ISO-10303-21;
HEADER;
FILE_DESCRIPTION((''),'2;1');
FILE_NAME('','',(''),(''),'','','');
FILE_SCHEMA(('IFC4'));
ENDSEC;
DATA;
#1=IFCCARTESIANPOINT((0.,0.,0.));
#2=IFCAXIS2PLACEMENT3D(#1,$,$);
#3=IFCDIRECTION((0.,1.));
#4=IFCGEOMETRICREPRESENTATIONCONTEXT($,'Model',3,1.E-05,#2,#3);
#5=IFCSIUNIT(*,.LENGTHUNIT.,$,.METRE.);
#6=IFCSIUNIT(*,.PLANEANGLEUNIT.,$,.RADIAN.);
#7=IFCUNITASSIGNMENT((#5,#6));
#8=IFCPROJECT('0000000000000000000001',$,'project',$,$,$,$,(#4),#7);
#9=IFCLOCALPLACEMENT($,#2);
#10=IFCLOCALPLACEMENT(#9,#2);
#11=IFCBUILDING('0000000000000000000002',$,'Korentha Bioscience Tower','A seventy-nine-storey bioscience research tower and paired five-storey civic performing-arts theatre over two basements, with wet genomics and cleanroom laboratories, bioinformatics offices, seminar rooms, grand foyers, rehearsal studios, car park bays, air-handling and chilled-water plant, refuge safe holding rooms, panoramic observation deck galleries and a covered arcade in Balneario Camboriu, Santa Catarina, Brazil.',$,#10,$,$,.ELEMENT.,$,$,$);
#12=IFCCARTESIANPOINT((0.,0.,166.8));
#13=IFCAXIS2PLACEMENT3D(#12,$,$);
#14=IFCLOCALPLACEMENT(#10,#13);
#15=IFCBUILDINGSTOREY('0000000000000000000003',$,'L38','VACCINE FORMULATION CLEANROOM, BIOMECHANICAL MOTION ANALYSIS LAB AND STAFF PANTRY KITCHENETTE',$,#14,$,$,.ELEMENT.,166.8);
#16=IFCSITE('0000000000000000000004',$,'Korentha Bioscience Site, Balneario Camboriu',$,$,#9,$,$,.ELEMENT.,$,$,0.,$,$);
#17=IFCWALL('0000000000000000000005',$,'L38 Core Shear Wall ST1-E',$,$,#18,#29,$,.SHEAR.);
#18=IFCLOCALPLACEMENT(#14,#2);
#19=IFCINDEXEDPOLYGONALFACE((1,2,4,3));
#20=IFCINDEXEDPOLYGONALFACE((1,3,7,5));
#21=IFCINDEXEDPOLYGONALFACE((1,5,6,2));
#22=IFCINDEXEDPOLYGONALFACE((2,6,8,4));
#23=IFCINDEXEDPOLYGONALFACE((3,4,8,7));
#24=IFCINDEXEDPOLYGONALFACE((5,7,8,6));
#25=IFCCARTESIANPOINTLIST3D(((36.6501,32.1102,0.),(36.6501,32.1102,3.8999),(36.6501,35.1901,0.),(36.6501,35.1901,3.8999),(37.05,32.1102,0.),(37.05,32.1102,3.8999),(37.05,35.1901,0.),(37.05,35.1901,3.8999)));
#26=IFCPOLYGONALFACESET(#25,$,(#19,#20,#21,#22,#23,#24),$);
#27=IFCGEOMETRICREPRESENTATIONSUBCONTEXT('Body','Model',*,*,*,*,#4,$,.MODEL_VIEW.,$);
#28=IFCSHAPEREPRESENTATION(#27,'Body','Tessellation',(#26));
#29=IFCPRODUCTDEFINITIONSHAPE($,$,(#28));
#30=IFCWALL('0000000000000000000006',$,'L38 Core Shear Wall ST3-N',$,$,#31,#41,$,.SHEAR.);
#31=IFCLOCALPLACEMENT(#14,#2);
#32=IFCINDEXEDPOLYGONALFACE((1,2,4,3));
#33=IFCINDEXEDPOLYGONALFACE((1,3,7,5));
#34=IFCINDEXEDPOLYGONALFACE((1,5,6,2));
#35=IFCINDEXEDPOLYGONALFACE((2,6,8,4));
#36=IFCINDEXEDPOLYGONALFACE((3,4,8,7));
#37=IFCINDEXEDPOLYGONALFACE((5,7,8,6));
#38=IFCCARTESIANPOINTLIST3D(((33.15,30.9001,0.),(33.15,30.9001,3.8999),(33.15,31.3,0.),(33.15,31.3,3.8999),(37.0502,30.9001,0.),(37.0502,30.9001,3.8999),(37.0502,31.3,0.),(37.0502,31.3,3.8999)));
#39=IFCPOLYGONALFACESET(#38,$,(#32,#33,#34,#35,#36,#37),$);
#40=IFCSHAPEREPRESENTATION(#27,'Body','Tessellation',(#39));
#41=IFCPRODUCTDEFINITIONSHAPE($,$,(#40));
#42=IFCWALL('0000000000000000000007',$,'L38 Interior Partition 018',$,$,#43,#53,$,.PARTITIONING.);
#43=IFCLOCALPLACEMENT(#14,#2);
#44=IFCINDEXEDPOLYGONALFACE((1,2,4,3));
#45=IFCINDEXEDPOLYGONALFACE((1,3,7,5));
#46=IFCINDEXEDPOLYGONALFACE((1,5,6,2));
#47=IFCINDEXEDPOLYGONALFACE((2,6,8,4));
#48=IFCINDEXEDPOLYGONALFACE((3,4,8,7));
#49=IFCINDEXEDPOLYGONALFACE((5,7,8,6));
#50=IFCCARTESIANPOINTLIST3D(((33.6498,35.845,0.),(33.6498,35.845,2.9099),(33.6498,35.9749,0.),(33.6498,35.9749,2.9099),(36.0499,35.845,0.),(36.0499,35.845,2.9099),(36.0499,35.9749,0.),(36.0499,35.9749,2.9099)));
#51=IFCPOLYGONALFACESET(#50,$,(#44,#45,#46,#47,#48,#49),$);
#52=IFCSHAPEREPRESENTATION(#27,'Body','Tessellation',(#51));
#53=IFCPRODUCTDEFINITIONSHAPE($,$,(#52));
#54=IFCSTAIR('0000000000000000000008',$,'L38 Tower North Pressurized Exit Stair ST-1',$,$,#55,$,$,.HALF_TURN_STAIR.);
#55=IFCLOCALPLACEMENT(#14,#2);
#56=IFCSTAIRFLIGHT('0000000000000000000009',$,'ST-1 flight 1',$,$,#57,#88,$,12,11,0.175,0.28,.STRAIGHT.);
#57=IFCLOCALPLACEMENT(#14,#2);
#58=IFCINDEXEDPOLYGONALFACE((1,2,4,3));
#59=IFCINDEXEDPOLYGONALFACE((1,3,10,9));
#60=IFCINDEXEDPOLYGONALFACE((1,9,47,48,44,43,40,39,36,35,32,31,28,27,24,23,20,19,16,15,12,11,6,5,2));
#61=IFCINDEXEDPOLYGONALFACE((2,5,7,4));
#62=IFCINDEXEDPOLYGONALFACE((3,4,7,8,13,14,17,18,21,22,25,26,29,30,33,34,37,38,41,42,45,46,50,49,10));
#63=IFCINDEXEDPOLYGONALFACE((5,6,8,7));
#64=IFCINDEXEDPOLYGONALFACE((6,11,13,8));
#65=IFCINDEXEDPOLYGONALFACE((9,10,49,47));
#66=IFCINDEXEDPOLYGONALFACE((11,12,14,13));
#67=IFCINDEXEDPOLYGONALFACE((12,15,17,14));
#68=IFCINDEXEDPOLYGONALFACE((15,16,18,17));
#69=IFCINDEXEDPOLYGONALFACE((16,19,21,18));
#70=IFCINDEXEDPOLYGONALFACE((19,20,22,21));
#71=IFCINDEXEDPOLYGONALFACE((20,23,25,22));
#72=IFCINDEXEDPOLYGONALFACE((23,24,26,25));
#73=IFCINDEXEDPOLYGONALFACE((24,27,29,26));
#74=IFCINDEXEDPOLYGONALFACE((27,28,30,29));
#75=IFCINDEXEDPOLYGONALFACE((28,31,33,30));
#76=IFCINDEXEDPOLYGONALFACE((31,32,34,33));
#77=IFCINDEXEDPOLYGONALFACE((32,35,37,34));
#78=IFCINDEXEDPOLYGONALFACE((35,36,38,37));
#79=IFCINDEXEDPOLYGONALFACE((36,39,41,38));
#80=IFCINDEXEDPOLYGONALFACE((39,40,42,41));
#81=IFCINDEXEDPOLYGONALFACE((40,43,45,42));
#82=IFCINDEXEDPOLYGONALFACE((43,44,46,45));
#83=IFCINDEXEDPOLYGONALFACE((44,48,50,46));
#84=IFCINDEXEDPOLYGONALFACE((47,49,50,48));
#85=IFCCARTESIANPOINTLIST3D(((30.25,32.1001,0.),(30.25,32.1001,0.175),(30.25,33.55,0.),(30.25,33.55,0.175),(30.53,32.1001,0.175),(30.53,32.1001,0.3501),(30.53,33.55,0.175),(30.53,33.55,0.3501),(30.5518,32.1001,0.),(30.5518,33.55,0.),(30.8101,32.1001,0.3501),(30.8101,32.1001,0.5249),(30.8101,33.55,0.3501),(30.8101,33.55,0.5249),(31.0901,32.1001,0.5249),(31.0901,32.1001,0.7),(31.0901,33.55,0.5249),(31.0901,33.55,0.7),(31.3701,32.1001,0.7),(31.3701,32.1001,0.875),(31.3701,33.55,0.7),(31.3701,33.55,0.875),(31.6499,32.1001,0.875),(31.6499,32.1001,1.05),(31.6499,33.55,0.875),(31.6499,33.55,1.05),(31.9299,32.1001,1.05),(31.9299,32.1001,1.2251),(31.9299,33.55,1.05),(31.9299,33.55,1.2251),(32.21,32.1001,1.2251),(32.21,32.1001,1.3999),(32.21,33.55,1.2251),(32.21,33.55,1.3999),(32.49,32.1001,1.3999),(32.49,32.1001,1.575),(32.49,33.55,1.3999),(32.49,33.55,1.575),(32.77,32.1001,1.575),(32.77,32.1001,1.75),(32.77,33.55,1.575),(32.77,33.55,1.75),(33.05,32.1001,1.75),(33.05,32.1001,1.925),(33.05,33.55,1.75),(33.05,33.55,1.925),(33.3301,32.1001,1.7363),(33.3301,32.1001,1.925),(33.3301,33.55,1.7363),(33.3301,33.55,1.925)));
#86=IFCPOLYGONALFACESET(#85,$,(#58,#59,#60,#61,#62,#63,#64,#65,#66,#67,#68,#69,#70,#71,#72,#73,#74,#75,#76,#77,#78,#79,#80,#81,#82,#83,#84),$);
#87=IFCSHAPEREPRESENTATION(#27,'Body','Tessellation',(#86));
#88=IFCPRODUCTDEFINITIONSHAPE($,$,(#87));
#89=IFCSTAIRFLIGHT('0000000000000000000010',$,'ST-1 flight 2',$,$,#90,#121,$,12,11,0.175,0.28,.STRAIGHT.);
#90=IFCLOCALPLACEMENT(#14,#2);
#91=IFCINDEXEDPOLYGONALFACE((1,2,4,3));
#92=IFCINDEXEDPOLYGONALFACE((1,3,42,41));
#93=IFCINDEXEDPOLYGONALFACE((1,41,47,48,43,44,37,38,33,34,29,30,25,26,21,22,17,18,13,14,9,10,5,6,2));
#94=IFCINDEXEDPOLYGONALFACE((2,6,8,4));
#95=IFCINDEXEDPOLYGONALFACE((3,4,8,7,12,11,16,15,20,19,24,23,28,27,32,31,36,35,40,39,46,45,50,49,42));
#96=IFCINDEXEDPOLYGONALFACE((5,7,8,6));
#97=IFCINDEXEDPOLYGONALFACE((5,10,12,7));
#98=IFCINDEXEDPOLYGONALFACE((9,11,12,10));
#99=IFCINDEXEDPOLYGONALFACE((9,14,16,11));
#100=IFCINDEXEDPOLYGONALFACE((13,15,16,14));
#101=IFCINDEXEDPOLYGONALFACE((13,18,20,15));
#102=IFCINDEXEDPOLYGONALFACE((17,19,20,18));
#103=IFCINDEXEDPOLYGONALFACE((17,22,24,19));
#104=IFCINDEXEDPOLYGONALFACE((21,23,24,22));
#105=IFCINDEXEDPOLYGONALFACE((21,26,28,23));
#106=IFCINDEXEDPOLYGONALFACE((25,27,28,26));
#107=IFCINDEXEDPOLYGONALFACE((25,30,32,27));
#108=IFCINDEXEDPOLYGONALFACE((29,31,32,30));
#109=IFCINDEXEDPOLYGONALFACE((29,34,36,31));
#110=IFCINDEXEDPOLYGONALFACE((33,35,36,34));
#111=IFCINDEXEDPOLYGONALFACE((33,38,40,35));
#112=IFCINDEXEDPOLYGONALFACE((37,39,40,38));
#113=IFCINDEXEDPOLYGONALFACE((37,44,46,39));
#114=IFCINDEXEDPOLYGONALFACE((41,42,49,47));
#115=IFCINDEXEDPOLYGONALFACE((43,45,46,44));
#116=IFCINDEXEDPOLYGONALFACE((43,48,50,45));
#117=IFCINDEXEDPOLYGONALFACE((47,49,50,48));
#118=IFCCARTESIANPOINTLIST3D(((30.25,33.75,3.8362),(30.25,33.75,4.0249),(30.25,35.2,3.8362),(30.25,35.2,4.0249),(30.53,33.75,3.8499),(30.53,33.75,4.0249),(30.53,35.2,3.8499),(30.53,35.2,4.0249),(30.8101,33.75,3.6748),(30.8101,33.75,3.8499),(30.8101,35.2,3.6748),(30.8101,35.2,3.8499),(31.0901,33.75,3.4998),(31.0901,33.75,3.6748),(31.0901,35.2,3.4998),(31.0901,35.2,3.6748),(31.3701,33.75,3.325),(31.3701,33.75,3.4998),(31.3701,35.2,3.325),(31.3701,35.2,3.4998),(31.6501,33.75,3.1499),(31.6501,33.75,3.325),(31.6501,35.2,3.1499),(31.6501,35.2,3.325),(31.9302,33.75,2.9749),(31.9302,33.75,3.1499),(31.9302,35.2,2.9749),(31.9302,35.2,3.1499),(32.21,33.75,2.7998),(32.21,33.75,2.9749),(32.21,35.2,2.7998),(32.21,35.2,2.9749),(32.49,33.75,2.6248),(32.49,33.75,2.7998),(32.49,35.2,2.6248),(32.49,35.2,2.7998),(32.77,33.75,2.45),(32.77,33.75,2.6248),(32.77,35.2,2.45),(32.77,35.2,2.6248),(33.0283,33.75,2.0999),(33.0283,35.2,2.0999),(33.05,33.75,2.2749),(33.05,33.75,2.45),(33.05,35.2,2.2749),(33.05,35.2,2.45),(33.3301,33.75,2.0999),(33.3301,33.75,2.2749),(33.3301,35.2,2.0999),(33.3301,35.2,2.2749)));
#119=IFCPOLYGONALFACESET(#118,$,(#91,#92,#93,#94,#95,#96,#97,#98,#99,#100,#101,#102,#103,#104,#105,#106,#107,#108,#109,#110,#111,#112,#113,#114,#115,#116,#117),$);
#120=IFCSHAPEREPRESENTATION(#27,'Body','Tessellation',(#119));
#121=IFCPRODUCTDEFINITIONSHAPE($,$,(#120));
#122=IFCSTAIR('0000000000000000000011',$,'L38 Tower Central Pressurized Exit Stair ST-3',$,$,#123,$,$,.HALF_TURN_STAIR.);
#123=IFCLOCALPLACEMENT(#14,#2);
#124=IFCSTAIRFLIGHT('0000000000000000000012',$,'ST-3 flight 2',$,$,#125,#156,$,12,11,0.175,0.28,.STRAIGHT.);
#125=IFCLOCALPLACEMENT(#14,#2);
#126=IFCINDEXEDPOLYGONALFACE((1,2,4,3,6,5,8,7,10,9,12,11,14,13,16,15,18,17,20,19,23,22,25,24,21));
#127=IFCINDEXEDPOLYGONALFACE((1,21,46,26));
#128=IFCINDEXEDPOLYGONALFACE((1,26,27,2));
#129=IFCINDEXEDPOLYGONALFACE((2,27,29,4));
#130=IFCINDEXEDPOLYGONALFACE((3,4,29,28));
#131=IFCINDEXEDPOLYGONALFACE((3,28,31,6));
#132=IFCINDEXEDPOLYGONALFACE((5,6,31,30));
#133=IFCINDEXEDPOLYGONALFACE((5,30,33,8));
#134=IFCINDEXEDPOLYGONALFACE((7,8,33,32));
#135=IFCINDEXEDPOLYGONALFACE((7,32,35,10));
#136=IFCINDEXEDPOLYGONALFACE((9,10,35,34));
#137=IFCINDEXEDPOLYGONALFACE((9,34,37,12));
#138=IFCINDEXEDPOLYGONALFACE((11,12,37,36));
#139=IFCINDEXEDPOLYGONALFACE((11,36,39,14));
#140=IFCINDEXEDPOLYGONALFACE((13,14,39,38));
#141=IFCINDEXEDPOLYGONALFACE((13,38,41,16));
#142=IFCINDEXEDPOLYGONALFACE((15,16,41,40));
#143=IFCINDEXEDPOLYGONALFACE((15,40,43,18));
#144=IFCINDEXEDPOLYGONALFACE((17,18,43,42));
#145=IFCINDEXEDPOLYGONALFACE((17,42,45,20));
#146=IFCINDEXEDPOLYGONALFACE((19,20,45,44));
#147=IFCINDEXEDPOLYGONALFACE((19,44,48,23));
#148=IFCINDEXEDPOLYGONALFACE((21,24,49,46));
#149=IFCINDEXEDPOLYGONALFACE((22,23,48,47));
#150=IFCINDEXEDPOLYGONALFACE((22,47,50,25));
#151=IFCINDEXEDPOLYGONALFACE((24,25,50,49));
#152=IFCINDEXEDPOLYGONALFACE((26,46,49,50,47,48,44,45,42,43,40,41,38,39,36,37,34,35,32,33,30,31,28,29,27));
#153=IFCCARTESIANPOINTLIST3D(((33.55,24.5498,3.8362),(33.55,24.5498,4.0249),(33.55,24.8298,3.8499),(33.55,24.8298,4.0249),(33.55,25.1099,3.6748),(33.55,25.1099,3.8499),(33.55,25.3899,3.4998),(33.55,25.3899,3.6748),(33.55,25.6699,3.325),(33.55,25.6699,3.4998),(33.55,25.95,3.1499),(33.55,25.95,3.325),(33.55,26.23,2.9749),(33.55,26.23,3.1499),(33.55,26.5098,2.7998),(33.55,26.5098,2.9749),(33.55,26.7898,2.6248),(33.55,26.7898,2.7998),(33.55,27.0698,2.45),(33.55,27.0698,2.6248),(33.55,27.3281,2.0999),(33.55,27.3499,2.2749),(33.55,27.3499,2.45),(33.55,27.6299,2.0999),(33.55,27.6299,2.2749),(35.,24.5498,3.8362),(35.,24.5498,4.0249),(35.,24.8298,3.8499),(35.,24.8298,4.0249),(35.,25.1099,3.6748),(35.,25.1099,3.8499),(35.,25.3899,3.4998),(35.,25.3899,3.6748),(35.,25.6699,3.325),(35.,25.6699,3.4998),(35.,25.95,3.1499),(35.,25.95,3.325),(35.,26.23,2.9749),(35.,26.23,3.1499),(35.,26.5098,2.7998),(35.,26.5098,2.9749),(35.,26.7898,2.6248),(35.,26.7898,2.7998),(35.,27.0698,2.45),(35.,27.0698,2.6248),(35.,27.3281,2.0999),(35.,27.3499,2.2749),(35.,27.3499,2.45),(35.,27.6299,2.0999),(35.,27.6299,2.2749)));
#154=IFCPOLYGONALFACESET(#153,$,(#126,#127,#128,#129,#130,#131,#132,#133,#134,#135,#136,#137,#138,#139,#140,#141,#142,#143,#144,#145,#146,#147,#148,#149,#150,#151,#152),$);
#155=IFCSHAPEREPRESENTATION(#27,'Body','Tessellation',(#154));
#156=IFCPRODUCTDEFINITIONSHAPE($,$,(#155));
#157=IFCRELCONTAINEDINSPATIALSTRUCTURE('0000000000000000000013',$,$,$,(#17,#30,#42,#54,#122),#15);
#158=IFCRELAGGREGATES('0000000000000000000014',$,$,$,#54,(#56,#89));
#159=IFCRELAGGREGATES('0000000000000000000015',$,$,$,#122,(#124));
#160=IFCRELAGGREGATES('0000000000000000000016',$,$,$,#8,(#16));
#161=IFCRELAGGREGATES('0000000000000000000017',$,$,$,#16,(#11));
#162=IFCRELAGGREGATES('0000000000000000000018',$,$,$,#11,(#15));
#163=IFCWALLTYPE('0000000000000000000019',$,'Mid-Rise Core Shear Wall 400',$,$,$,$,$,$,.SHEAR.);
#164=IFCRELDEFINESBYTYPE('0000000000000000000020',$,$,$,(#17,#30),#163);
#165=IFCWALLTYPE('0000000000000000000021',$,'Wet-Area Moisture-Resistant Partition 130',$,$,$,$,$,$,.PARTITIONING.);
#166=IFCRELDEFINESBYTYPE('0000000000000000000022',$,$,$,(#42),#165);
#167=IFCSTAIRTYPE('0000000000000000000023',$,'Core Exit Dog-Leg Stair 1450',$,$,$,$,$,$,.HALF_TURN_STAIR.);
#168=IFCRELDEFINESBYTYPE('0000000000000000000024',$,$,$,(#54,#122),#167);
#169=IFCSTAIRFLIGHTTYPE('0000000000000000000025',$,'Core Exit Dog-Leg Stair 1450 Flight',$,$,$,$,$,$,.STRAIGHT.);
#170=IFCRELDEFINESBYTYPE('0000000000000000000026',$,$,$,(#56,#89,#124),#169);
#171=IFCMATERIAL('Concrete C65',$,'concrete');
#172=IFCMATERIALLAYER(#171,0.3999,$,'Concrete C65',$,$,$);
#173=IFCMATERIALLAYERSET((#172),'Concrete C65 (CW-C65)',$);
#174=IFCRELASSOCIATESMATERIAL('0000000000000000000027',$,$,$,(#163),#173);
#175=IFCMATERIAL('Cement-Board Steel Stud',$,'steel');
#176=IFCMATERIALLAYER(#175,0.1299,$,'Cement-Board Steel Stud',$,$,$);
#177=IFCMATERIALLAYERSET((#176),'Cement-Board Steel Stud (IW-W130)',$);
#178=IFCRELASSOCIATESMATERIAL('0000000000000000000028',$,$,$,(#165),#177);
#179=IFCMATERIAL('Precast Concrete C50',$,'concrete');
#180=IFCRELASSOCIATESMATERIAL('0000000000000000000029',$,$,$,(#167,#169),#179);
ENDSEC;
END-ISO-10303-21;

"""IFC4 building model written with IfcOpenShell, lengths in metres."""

from ifc_helpers import new_model, si_unit, direction, frame, frame_2d, origin, place, context, subcontext, project, spatial, polyline, rectangle, outline, extrude, material, layer, layer_set, type_object, element, aggregate, save


model = new_model("IFC4")

# Units and contexts
model_context = context("Model", 3, precision=1e-05, world=origin(), true_north=direction((0.0, 1.0)))
body_context = subcontext(model_context, "Body", "Model", "MODEL_VIEW")
ifc_project = project(units=[si_unit("LENGTHUNIT", "METRE"), si_unit("PLANEANGLEUNIT", "RADIAN")], contexts=[model_context])

# Site, building, storey
site_placement = place(None, origin())
site = spatial("IfcSite", under=ifc_project, at=site_placement, Name="Korentha Bioscience Site, Balneario Camboriu", CompositionType="ELEMENT", RefElevation=0.0)
building_placement = place(site_placement, origin())
building = spatial("IfcBuilding", under=site, at=building_placement, Name="Korentha Bioscience Tower", Description="A seventy-nine-storey bioscience research tower and paired five-storey civic performing-arts theatre over two basements, with wet genomics and cleanroom laboratories, bioinformatics offices, seminar rooms, grand foyers, rehearsal studios, car park bays, air-handling and chilled-water plant, refuge safe holding rooms, panoramic observation deck galleries and a covered arcade in Balneario Camboriu, Santa Catarina, Brazil.", CompositionType="ELEMENT")
storey_placement = place(building_placement, frame((0.0, 0.0, 166.8)))
storey = spatial("IfcBuildingStorey", under=building, at=storey_placement, Name="L38", Description="VACCINE FORMULATION CLEANROOM, BIOMECHANICAL MOTION ANALYSIS LAB AND STAFF PANTRY KITCHENETTE", CompositionType="ELEMENT", Elevation=166.8)

# Shared definitions
ifc_material_1 = material(Name="Concrete C65", Category="concrete")

# Walls
ifc_layer_1 = layer(ifc_material_1, 0.3999, Name="Concrete C65")
ifc_layer_set_1 = layer_set([ifc_layer_1], Name="Concrete C65 (CW-C65)")
wall_type_1 = type_object("IfcWallType", Name="Mid-Rise Core Shear Wall 400", PredefinedType="SHEAR", material=ifc_layer_set_1)
wall_1_placement = place(storey_placement, frame((36.8501, 32.1101, 0.0), z_axis=(0.0, 0.0, 1.0), x_axis=(0.0, 1.0, 0.0)))
element("IfcWall", 1, at=wall_1_placement, inside=storey, type_object=wall_type_1, Name="L38 Core Shear Wall ST1-E", PredefinedType="SHEAR", context=body_context, shape_type="SweptSolid", body=[
    extrude(rectangle(XDim=3.0798, YDim=0.3999, at=frame_2d((1.54, 0.0))), origin(), (0.0, 0.0, 1.0), 3.8999),
])
wall_2_placement = place(storey_placement, frame((33.1499, 31.1001, 0.0), z_axis=(0.0, 0.0, 1.0), x_axis=(1.0, 0.0, 0.0)))
element("IfcWall", 2, at=wall_2_placement, inside=storey, type_object=wall_type_1, Name="L38 Core Shear Wall ST3-N", PredefinedType="SHEAR", context=body_context, shape_type="SweptSolid", body=[
    extrude(rectangle(XDim=3.9001, YDim=0.3999, at=frame_2d((1.9502, 0.0))), origin(), (0.0, 0.0, 1.0), 3.8999),
])
ifc_material_2 = material(Name="Cement-Board Steel Stud", Category="steel")
ifc_layer_2 = layer(ifc_material_2, 0.1299, Name="Cement-Board Steel Stud")
ifc_layer_set_2 = layer_set([ifc_layer_2], Name="Cement-Board Steel Stud (IW-W130)")
wall_type_2 = type_object("IfcWallType", Name="Wet-Area Moisture-Resistant Partition 130", PredefinedType="PARTITIONING", material=ifc_layer_set_2)
wall_3_placement = place(storey_placement, frame((36.05, 35.9099, 0.0), z_axis=(0.0, 0.0, 1.0), x_axis=(-1.0, 0.0, 0.0)))
element("IfcWall", 3, at=wall_3_placement, inside=storey, type_object=wall_type_2, Name="L38 Interior Partition 018", PredefinedType="PARTITIONING", context=body_context, shape_type="SweptSolid", body=[
    extrude(rectangle(XDim=2.4001, YDim=0.1299, at=frame_2d((1.2002, 0.0))), origin(), (0.0, 0.0, 1.0), 2.9099),
])

# Stair, stair flights
ifc_material_3 = material(Name="Precast Concrete C50", Category="concrete")
stair_type = type_object("IfcStairType", Name="Core Exit Dog-Leg Stair 1450", PredefinedType="HALF_TURN_STAIR", material=ifc_material_3)
stair_1_placement = place(storey_placement, origin())
stair_1 = element("IfcStair", 4, at=stair_1_placement, inside=storey, type_object=stair_type, Name="L38 Tower North Pressurized Exit Stair ST-1", PredefinedType="HALF_TURN_STAIR")
stair_flight_type = type_object("IfcStairFlightType", Name="Core Exit Dog-Leg Stair 1450 Flight", PredefinedType="STRAIGHT", material=ifc_material_3)
stair_flight_1_placement = place(storey_placement, frame((30.25, 32.825, 0.0), z_axis=(0.0, 0.0, 1.0), x_axis=(1.0, 0.0, 0.0)))
stair_flight_1 = element("IfcStairFlight", 5, at=stair_flight_1_placement, type_object=stair_flight_type, Name="ST-1 flight 1", NumberOfRisers=12, NumberOfTreads=11, PredefinedType="STRAIGHT", RiserHeight=0.175, TreadLength=0.28, context=body_context, shape_type="SweptSolid", body=[
    extrude(outline(polyline([(0.0, 0.0), (0.0, 0.175), (0.28, 0.175), (0.28, 0.3501), (0.5601, 0.3501), (0.5601, 0.5249), (0.8401, 0.5249), (0.8401, 0.7), (1.1201, 0.7), (1.1201, 0.875), (1.3999, 0.875), (1.3999, 1.05), (1.6799, 1.05), (1.6799, 1.2251), (1.96, 1.2251), (1.96, 1.3999), (2.24, 1.3999), (2.24, 1.575), (2.52, 1.575), (2.52, 1.75), (2.8, 1.75), (2.8, 1.925), (3.0801, 1.925), (3.0801, 2.1001), (3.0801, 1.7363), (0.3018, 0.0), (0.0, 0.0)])), frame((0.0, 0.7251, 0.0), z_axis=(0.0, -1.0, 0.0), x_axis=(1.0, 0.0, 0.0)), (0.0, 0.0, 1.0), 1.45),
])
stair_flight_2_placement = place(storey_placement, frame((33.3301, 34.4751, 2.0999), z_axis=(0.0, 0.0, 1.0), x_axis=(-1.0, 0.0, 0.0)))
stair_flight_2 = element("IfcStairFlight", 6, at=stair_flight_2_placement, type_object=stair_flight_type, Name="ST-1 flight 2", NumberOfRisers=12, NumberOfTreads=11, PredefinedType="STRAIGHT", RiserHeight=0.175, TreadLength=0.28, context=body_context, shape_type="SweptSolid", body=[
    extrude(outline(polyline([(0.0, 0.0), (0.0, 0.175), (0.28, 0.175), (0.28, 0.3501), (0.5601, 0.3501), (0.5601, 0.5249), (0.8401, 0.5249), (0.8401, 0.7), (1.1201, 0.7), (1.1201, 0.875), (1.3999, 0.875), (1.3999, 1.05), (1.6799, 1.05), (1.6799, 1.2251), (1.96, 1.2251), (1.96, 1.3999), (2.24, 1.3999), (2.24, 1.575), (2.52, 1.575), (2.52, 1.75), (2.8, 1.75), (2.8, 1.925), (3.0801, 1.925), (3.0801, 2.1001), (3.0801, 1.7363), (0.3018, 0.0), (0.0, 0.0)])), frame((0.0, 0.7251, 0.0), z_axis=(0.0, -1.0, 0.0), x_axis=(1.0, 0.0, 0.0)), (0.0, 0.0, 1.0), 1.45),
])
aggregate(stair_1, [stair_flight_1, stair_flight_2])

# Stair, stair flight
stair_2_placement = place(storey_placement, origin())
stair_2 = element("IfcStair", 7, at=stair_2_placement, inside=storey, type_object=stair_type, Name="L38 Tower Central Pressurized Exit Stair ST-3", PredefinedType="HALF_TURN_STAIR")
stair_flight_3_placement = place(storey_placement, frame((34.2749, 27.6299, 2.0999), z_axis=(0.0, 0.0, 1.0), x_axis=(0.0, -1.0, 0.0)))
stair_flight_3 = element("IfcStairFlight", 8, at=stair_flight_3_placement, type_object=stair_flight_type, Name="ST-3 flight 2", NumberOfRisers=12, NumberOfTreads=11, PredefinedType="STRAIGHT", RiserHeight=0.175, TreadLength=0.28, context=body_context, shape_type="SweptSolid", body=[
    extrude(outline(polyline([(0.0, 0.0), (0.0, 0.175), (0.28, 0.175), (0.28, 0.3501), (0.5601, 0.3501), (0.5601, 0.5249), (0.8401, 0.5249), (0.8401, 0.7), (1.1201, 0.7), (1.1201, 0.875), (1.3999, 0.875), (1.3999, 1.05), (1.6799, 1.05), (1.6799, 1.2251), (1.96, 1.2251), (1.96, 1.3999), (2.24, 1.3999), (2.24, 1.575), (2.52, 1.575), (2.52, 1.75), (2.8, 1.75), (2.8, 1.925), (3.0801, 1.925), (3.0801, 2.1001), (3.0801, 1.7363), (0.3018, 0.0), (0.0, 0.0)])), frame((0.0, 0.7251, 0.0), z_axis=(0.0, -1.0, 0.0), x_axis=(1.0, 0.0, 0.0)), (0.0, 0.0, 1.0), 1.45),
])
aggregate(stair_2, [stair_flight_3])

save(model, "model.ifc")
